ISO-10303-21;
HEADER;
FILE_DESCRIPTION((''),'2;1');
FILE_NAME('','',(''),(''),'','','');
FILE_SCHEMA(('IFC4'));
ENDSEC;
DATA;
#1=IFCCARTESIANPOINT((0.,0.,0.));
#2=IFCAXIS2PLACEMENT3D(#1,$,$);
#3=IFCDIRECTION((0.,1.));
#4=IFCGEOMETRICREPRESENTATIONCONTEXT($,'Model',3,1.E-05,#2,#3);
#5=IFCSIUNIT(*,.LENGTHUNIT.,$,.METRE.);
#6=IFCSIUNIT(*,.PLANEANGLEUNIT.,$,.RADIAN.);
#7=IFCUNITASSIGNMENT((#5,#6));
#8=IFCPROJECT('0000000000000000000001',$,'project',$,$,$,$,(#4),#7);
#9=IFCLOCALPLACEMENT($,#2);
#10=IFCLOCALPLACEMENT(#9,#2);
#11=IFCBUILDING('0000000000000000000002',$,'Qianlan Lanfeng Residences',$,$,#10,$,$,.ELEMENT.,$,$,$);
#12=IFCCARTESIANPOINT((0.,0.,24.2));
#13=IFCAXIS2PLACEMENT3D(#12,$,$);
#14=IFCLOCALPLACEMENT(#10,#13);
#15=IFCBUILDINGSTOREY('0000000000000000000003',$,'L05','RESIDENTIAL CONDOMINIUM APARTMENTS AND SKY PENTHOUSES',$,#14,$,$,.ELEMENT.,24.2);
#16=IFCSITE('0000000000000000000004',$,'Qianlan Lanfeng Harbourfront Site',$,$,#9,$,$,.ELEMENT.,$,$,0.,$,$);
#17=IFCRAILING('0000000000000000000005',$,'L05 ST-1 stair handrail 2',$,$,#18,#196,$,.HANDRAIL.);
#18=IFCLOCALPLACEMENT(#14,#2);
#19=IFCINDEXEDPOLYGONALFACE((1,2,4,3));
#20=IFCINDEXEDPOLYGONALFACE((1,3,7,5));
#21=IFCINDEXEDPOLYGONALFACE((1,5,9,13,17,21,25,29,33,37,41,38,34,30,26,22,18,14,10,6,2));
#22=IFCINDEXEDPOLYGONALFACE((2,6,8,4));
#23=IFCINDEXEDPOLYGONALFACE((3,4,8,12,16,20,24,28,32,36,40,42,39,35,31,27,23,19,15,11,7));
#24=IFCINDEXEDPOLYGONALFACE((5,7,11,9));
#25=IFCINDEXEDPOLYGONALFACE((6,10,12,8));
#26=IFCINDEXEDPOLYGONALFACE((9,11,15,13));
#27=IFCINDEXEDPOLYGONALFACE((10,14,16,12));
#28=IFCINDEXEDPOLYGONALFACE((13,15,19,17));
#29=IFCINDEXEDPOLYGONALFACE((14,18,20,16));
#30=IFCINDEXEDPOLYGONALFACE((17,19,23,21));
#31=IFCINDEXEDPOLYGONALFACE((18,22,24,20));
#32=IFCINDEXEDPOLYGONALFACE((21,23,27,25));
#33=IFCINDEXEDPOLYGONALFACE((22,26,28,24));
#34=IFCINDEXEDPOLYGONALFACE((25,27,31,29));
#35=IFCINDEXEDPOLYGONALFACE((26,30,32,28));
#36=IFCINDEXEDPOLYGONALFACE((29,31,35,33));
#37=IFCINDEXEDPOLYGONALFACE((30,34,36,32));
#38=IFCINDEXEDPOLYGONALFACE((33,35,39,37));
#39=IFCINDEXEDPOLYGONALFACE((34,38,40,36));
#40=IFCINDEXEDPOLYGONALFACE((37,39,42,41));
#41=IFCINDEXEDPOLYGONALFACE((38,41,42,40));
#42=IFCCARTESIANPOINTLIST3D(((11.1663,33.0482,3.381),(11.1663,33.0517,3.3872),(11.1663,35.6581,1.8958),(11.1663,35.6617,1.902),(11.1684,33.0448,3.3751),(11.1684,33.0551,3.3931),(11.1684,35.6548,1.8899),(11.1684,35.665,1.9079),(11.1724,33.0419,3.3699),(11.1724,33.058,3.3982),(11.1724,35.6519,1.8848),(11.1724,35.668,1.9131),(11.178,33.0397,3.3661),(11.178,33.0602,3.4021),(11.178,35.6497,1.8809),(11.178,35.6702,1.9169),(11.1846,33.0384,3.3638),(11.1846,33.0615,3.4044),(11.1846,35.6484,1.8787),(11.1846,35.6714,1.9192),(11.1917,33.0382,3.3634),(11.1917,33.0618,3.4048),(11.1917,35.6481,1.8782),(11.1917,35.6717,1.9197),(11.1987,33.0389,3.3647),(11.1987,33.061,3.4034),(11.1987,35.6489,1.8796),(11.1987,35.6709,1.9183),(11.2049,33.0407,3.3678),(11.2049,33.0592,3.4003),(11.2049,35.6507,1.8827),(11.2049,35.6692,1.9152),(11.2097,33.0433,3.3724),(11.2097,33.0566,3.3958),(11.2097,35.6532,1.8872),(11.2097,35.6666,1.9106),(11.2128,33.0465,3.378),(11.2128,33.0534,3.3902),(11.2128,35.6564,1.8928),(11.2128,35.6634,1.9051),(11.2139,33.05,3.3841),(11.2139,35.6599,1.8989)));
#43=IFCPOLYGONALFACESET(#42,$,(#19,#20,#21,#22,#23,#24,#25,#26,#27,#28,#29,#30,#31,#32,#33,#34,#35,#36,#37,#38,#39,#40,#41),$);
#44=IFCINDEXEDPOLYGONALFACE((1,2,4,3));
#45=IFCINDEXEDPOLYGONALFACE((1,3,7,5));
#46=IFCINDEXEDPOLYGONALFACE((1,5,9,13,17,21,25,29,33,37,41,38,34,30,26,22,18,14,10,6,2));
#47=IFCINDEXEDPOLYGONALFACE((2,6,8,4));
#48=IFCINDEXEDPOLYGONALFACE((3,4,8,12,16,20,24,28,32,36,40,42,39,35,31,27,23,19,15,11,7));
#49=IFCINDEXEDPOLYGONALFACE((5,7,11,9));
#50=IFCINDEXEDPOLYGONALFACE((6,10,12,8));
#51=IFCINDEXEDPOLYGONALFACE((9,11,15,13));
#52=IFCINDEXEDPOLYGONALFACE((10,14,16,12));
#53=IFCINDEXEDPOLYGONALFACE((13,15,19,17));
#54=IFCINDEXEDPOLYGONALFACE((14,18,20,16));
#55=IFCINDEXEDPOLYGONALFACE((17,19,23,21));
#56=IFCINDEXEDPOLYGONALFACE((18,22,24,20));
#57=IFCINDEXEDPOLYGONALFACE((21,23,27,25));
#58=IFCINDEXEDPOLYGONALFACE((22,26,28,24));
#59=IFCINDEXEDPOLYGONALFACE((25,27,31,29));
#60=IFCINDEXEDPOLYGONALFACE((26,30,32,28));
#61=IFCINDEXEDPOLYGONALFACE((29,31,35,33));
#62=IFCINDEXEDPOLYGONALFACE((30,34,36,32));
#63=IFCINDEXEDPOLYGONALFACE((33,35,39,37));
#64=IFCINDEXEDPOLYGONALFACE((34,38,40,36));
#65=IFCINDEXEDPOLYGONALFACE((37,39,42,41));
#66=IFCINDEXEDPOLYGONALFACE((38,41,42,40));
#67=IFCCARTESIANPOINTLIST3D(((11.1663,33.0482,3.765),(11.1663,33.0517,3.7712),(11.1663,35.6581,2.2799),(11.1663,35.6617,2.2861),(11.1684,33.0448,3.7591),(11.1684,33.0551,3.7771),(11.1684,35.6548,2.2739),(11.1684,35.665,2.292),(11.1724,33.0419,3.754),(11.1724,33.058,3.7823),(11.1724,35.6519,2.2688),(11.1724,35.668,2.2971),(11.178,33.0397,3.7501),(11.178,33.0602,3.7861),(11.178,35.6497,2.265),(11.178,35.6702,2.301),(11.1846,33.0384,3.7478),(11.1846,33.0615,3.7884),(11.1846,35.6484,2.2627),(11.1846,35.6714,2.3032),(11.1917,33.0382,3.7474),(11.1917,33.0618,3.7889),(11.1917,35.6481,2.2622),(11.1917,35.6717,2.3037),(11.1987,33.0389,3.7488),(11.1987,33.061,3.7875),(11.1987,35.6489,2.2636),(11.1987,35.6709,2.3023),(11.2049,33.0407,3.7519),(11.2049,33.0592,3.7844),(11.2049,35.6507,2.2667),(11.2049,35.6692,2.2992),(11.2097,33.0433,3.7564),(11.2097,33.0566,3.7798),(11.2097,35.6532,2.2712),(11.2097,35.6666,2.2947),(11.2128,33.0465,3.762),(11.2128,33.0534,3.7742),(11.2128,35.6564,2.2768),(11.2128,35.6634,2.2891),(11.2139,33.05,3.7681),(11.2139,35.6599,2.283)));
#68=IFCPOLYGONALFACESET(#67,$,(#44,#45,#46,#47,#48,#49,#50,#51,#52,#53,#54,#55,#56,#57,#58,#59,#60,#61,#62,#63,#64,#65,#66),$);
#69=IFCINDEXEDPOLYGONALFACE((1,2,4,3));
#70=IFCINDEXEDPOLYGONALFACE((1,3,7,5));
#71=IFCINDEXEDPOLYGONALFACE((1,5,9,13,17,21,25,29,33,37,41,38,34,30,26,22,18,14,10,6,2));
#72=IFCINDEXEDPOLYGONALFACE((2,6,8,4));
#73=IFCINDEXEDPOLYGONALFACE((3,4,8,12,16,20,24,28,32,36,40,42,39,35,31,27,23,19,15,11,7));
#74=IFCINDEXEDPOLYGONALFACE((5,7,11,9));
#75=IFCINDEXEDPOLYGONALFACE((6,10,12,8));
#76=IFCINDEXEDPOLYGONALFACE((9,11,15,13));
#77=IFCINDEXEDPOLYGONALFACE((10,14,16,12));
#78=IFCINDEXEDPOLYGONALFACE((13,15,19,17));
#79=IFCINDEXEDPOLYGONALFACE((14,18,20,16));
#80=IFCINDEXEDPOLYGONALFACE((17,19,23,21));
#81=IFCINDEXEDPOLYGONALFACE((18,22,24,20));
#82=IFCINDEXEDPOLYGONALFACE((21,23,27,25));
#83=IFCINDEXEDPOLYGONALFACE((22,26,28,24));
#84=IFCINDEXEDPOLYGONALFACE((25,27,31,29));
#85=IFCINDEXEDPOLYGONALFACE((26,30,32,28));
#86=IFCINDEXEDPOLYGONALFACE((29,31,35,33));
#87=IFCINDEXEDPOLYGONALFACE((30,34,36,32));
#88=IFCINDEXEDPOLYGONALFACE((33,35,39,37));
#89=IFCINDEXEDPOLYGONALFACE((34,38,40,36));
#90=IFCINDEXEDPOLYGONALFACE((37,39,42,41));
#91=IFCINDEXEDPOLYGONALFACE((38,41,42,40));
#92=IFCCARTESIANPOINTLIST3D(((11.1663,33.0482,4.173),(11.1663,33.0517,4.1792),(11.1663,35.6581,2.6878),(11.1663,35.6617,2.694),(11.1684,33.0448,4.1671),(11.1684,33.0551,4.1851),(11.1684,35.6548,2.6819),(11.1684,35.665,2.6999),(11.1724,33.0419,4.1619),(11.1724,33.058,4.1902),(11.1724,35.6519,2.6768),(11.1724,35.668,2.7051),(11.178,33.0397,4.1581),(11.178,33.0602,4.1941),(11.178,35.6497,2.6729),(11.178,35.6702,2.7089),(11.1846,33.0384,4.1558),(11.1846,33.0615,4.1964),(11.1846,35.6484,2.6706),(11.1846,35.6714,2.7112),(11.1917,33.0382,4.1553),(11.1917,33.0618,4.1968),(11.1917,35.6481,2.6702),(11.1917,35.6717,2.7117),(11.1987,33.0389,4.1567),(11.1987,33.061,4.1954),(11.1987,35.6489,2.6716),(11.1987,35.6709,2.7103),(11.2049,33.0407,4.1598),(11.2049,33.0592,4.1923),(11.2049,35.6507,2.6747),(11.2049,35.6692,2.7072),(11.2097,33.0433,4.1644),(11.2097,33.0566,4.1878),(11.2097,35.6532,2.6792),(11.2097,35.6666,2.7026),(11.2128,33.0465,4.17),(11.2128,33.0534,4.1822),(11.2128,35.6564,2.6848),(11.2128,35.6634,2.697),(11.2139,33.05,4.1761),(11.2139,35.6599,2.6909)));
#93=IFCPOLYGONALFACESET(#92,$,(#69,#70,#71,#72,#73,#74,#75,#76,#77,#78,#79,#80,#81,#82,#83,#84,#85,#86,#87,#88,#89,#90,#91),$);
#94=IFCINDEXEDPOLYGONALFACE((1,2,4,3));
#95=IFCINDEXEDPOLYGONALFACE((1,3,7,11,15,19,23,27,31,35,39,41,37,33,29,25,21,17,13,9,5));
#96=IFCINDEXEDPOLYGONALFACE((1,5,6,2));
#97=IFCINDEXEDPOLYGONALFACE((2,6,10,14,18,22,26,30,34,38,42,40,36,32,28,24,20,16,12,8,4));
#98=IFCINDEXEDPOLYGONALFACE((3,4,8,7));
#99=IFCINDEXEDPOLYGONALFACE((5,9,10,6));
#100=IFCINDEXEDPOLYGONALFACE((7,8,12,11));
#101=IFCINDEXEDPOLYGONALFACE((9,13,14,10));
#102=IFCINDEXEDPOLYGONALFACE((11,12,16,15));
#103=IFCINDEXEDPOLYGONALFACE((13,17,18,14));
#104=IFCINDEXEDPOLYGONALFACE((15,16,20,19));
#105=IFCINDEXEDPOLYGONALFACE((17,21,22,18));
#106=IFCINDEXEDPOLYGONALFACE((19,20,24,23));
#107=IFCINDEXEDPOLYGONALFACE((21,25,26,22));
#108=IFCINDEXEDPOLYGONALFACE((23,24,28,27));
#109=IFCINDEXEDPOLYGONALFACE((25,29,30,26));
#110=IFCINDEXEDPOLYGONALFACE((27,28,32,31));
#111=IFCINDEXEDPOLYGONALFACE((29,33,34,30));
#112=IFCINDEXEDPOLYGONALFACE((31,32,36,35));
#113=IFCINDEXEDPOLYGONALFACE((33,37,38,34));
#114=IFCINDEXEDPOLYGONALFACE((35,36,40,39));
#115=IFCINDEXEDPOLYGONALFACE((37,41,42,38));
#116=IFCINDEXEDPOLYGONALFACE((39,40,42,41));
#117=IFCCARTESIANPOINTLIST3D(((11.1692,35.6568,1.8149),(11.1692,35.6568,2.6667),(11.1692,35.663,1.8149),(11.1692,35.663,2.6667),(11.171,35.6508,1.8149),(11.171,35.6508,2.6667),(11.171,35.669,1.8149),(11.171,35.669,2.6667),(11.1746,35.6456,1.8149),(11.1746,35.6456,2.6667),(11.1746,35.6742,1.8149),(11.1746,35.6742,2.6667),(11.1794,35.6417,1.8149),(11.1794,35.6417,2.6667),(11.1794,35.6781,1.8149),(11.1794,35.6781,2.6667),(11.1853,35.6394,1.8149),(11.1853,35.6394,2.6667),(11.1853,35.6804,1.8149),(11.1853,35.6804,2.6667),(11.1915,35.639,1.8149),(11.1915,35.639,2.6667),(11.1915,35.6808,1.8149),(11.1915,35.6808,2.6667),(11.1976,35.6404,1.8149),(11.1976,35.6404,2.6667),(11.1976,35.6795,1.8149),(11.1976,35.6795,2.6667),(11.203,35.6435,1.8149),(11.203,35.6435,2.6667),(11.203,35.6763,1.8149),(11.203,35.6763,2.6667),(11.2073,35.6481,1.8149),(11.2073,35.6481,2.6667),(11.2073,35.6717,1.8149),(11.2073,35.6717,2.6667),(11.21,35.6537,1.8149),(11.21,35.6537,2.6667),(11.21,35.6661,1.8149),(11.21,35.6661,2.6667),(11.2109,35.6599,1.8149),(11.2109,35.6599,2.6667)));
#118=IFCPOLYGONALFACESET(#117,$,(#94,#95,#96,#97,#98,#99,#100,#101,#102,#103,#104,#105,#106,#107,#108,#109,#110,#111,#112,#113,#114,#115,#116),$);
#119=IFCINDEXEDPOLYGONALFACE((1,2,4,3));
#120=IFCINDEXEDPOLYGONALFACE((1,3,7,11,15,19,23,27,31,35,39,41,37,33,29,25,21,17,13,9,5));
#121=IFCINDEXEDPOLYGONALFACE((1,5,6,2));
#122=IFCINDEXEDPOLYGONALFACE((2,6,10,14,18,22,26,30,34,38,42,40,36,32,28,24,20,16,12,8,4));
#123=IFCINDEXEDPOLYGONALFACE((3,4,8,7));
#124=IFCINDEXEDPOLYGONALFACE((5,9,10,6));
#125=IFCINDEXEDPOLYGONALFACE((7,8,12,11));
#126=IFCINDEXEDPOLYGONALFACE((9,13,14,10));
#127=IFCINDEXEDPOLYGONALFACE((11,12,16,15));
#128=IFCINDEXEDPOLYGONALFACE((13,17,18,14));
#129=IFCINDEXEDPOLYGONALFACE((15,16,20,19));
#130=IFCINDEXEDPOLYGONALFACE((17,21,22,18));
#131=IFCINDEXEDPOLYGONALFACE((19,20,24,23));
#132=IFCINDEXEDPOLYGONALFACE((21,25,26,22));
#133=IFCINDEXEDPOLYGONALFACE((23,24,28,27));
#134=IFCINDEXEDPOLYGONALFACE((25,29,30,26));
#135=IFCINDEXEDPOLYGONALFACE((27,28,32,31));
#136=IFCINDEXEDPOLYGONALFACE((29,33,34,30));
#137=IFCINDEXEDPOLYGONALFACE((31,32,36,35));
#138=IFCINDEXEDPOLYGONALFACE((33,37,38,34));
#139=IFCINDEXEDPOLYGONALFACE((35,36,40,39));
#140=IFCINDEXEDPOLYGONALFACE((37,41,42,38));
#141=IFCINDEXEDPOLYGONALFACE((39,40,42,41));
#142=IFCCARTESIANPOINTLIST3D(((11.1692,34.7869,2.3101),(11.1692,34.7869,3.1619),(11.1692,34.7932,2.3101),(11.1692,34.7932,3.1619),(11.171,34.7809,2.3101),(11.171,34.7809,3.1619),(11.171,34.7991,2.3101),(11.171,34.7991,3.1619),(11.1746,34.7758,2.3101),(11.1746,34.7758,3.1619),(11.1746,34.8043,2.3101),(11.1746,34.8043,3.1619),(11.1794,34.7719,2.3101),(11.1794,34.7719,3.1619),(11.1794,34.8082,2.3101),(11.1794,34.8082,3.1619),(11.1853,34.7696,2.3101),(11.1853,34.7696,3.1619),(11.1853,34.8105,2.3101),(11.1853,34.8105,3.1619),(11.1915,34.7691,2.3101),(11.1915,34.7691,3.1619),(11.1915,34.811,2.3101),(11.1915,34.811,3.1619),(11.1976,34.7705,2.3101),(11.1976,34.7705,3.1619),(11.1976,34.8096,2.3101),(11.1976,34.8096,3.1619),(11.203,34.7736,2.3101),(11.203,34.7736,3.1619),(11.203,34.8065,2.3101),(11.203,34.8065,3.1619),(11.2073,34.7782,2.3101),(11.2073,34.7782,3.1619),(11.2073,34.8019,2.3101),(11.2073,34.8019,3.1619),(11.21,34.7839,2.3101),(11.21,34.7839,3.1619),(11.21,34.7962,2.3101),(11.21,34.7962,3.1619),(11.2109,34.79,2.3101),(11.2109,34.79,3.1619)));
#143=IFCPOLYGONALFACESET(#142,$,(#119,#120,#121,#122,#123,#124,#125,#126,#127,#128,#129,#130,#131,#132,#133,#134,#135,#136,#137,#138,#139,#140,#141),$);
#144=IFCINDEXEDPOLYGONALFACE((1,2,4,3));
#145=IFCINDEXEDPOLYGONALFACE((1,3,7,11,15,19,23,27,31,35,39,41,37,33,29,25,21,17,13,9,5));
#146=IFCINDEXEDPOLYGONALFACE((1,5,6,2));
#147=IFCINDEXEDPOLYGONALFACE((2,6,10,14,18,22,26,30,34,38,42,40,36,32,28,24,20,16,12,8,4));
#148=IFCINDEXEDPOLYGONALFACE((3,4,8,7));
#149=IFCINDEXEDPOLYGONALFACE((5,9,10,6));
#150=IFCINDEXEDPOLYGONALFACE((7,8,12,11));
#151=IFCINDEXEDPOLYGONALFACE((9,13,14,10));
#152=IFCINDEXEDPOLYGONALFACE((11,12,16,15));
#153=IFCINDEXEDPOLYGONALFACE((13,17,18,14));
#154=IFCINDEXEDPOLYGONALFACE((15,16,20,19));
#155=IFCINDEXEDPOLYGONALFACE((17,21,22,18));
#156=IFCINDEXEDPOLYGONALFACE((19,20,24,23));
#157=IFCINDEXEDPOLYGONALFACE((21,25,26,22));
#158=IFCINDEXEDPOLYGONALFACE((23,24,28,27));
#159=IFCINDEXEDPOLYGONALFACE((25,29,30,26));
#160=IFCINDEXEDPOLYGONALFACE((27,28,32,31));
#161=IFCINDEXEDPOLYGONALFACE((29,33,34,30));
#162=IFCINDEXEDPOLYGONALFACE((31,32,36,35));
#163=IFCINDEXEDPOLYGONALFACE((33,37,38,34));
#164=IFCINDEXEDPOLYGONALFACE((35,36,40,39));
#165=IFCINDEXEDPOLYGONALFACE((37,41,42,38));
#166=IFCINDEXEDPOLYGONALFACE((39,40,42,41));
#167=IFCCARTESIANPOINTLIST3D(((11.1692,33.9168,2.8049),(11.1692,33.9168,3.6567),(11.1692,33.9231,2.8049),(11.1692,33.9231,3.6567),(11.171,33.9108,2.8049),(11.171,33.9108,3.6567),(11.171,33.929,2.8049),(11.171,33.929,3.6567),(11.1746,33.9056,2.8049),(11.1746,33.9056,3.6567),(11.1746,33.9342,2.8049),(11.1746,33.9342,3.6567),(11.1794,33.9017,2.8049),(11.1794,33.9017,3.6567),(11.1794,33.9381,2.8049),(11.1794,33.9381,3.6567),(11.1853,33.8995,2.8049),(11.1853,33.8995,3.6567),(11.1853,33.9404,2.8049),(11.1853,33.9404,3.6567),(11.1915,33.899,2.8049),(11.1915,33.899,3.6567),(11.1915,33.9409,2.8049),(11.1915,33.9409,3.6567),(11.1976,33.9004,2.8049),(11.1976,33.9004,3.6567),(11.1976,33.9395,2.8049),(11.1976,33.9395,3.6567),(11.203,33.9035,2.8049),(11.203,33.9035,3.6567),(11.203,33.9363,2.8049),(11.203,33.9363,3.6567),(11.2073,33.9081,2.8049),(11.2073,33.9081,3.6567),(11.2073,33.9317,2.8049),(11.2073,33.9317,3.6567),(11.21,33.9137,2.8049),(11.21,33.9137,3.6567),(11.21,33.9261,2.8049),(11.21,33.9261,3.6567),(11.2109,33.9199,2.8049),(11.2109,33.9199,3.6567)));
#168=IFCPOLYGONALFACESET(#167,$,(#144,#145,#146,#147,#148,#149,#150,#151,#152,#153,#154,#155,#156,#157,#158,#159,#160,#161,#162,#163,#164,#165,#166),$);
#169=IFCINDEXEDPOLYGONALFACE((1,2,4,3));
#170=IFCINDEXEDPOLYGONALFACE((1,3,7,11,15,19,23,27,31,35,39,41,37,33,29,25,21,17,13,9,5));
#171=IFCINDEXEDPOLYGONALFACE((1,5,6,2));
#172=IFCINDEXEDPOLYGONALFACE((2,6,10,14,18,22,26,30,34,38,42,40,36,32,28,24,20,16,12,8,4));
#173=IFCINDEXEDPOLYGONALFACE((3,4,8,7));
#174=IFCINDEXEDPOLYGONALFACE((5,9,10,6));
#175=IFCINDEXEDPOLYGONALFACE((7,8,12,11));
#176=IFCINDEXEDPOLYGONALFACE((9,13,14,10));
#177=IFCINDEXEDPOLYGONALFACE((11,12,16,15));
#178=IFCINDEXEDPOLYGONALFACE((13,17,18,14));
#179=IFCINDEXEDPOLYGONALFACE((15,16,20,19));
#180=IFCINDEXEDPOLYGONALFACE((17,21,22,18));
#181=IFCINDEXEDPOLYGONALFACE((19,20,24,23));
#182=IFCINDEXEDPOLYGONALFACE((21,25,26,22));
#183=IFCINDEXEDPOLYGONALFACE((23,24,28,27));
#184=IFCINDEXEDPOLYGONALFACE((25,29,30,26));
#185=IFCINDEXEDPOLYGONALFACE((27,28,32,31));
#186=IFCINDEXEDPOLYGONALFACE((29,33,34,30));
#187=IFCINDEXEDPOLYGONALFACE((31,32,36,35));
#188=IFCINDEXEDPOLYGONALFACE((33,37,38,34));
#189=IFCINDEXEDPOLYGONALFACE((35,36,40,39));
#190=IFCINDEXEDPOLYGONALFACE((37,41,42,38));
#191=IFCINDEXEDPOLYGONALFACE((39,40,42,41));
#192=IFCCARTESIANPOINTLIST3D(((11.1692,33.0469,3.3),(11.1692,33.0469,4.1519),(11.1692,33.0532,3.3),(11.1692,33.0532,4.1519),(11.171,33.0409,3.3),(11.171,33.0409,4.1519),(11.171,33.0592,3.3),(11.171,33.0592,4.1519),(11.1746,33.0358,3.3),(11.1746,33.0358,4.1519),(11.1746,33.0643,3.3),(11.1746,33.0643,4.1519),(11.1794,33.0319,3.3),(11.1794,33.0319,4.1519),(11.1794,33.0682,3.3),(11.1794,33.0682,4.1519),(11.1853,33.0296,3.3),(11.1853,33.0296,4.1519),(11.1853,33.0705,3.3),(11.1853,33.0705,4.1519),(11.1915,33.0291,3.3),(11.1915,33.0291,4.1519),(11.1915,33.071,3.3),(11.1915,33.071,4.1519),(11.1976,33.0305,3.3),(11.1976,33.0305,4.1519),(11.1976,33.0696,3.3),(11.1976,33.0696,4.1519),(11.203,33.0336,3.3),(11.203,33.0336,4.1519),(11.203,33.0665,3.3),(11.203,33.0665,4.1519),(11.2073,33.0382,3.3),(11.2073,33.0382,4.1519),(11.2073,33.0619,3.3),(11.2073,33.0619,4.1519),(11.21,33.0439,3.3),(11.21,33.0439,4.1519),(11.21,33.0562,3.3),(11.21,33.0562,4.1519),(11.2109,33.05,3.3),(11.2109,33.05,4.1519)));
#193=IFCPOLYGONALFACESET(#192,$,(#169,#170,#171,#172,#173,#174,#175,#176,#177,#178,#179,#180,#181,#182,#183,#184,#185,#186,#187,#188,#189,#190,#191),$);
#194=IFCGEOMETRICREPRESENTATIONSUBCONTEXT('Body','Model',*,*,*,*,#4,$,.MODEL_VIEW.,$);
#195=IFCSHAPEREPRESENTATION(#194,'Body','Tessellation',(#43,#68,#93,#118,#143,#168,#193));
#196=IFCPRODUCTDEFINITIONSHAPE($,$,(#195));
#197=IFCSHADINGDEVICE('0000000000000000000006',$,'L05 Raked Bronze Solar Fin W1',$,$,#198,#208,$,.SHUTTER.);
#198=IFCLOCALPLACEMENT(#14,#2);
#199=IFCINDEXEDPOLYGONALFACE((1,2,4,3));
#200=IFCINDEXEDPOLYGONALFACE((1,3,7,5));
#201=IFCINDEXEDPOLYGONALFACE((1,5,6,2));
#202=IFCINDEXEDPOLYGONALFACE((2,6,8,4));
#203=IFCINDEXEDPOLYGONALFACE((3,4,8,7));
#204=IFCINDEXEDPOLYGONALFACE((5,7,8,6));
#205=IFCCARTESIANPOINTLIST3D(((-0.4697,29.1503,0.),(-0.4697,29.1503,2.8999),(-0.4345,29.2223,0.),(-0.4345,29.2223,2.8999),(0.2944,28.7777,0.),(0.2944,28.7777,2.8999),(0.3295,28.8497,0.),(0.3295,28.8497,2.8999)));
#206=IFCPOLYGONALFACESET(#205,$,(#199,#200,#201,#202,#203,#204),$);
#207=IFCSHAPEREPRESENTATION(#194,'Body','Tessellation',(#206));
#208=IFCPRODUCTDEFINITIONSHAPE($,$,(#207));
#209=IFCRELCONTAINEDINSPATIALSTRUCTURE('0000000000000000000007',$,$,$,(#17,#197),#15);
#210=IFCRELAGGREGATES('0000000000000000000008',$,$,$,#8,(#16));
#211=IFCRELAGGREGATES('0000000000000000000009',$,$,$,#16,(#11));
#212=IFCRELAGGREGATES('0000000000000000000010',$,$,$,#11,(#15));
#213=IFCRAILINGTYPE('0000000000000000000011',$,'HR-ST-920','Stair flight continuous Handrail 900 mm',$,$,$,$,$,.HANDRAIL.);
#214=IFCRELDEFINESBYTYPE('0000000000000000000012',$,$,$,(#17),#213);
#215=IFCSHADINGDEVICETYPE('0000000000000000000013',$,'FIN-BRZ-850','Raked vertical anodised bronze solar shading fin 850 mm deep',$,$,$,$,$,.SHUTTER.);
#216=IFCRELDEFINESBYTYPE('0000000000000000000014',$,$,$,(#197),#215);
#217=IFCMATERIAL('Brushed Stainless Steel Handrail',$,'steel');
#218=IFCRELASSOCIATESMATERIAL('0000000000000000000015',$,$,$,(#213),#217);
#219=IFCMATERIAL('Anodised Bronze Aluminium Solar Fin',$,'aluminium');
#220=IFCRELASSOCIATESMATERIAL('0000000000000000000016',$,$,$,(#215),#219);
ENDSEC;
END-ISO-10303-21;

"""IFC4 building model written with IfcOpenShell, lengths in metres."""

from ifc_helpers import new_model, si_unit, direction, frame, origin, origin_2d, place, context, subcontext, project, spatial, rectangle, circle, extrude, source, transform, mapped, material, type_object, element, save


model = new_model("IFC4")

# Units and contexts
model_context = context("Model", 3, precision=1e-05, world=origin(), true_north=direction((0.0, 1.0)))
body_context = subcontext(model_context, "Body", "Model", "MODEL_VIEW")
ifc_project = project(units=[si_unit("LENGTHUNIT", "METRE"), si_unit("PLANEANGLEUNIT", "RADIAN")], contexts=[model_context])

# Site, building, storey
site_placement = place(None, origin())
site = spatial("IfcSite", under=ifc_project, at=site_placement, Name="Qianlan Lanfeng Harbourfront Site", CompositionType="ELEMENT", RefElevation=0.0)
building_placement = place(site_placement, origin())
building = spatial("IfcBuilding", under=site, at=building_placement, Name="Qianlan Lanfeng Residences", CompositionType="ELEMENT")
storey_placement = place(building_placement, frame((0.0, 0.0, 24.2)))
storey = spatial("IfcBuildingStorey", under=building, at=storey_placement, Name="L05", Description="RESIDENTIAL CONDOMINIUM APARTMENTS AND SKY PENTHOUSES", CompositionType="ELEMENT", Elevation=24.2)

# Railing
ifc_material_1 = material(Name="Brushed Stainless Steel Handrail", Category="steel")
railing_type = type_object("IfcRailingType", Name="HR-ST-920", Description="Stair flight continuous Handrail 900 mm", PredefinedType="HANDRAIL", material=ifc_material_1)
railing_placement = place(storey_placement, frame((11.1899, 35.6599, 1.8149)))
element("IfcRailing", 1, at=railing_placement, inside=storey, type_object=railing_type, Name="L05 ST-1 stair handrail 2", PredefinedType="HANDRAIL", context=body_context, shape_type="SweptSolid", body=[
    extrude(circle(Radius=0.0239, at=origin_2d()), frame((0.0, 0.0, 0.084), z_axis=(0.0, -0.869137, 0.494571), x_axis=(1.0, 0.0, 0.0)), (0.0, 0.0, 1.0), 3.0029),
    extrude(circle(Radius=0.0239, at=origin_2d()), frame((0.0, 0.0, 0.468), z_axis=(0.0, -0.869137, 0.494571), x_axis=(1.0, 0.0, 0.0)), (0.0, 0.0, 1.0), 3.0029),
    extrude(circle(Radius=0.0239, at=origin_2d()), frame((0.0, 0.0, 0.876), z_axis=(0.0, -0.869137, 0.494571), x_axis=(1.0, 0.0, 0.0)), (0.0, 0.0, 1.0), 3.0029),
    extrude(circle(Radius=0.021, at=origin_2d()), origin(), (0.0, 0.0, 1.0), 0.8518),
    extrude(circle(Radius=0.021, at=origin_2d()), frame((0.0, -0.8699, 0.4951)), (0.0, 0.0, 1.0), 0.8518),
    extrude(circle(Radius=0.021, at=origin_2d()), frame((0.0, -1.74, 0.99)), (0.0, 0.0, 1.0), 0.8518),
    extrude(circle(Radius=0.021, at=origin_2d()), frame((0.0, -2.6099, 1.4851)), (0.0, 0.0, 1.0), 0.8518),
])

# Shading device
ifc_material_2 = material(Name="Anodised Bronze Aluminium Solar Fin", Category="aluminium")
shading_device_type = type_object("IfcShadingDeviceType", Name="FIN-BRZ-850", Description="Raked vertical anodised bronze solar shading fin 850 mm deep", PredefinedType="SHUTTER", material=ifc_material_2)
shared_shape_1 = source(origin(), body_context, "Body", "SweptSolid", [
    extrude(rectangle(XDim=0.8501, YDim=0.0801, at=origin_2d()), origin(), (0.0, 0.0, 1.0), 2.8999),
])
for number, where, z_axis, x_axis, name in (
    (2, (-0.0701, 29.0, 0.0), (0.0, 0.0, 1.0), (0.898794, -0.438371, 0.0), "L05 Raked Bronze Solar Fin W1"),
):
    element("IfcShadingDevice", number, at=place(storey_placement, frame(where, z_axis=z_axis, x_axis=x_axis)), inside=storey, type_object=shading_device_type, Name=name, PredefinedType="SHUTTER", context=body_context, shape_type="MappedRepresentation", body=[
        mapped(shared_shape_1, transform((0.0, 0.0, 0.0), scale=1.0)),
    ])

save(model, "model.ifc")
